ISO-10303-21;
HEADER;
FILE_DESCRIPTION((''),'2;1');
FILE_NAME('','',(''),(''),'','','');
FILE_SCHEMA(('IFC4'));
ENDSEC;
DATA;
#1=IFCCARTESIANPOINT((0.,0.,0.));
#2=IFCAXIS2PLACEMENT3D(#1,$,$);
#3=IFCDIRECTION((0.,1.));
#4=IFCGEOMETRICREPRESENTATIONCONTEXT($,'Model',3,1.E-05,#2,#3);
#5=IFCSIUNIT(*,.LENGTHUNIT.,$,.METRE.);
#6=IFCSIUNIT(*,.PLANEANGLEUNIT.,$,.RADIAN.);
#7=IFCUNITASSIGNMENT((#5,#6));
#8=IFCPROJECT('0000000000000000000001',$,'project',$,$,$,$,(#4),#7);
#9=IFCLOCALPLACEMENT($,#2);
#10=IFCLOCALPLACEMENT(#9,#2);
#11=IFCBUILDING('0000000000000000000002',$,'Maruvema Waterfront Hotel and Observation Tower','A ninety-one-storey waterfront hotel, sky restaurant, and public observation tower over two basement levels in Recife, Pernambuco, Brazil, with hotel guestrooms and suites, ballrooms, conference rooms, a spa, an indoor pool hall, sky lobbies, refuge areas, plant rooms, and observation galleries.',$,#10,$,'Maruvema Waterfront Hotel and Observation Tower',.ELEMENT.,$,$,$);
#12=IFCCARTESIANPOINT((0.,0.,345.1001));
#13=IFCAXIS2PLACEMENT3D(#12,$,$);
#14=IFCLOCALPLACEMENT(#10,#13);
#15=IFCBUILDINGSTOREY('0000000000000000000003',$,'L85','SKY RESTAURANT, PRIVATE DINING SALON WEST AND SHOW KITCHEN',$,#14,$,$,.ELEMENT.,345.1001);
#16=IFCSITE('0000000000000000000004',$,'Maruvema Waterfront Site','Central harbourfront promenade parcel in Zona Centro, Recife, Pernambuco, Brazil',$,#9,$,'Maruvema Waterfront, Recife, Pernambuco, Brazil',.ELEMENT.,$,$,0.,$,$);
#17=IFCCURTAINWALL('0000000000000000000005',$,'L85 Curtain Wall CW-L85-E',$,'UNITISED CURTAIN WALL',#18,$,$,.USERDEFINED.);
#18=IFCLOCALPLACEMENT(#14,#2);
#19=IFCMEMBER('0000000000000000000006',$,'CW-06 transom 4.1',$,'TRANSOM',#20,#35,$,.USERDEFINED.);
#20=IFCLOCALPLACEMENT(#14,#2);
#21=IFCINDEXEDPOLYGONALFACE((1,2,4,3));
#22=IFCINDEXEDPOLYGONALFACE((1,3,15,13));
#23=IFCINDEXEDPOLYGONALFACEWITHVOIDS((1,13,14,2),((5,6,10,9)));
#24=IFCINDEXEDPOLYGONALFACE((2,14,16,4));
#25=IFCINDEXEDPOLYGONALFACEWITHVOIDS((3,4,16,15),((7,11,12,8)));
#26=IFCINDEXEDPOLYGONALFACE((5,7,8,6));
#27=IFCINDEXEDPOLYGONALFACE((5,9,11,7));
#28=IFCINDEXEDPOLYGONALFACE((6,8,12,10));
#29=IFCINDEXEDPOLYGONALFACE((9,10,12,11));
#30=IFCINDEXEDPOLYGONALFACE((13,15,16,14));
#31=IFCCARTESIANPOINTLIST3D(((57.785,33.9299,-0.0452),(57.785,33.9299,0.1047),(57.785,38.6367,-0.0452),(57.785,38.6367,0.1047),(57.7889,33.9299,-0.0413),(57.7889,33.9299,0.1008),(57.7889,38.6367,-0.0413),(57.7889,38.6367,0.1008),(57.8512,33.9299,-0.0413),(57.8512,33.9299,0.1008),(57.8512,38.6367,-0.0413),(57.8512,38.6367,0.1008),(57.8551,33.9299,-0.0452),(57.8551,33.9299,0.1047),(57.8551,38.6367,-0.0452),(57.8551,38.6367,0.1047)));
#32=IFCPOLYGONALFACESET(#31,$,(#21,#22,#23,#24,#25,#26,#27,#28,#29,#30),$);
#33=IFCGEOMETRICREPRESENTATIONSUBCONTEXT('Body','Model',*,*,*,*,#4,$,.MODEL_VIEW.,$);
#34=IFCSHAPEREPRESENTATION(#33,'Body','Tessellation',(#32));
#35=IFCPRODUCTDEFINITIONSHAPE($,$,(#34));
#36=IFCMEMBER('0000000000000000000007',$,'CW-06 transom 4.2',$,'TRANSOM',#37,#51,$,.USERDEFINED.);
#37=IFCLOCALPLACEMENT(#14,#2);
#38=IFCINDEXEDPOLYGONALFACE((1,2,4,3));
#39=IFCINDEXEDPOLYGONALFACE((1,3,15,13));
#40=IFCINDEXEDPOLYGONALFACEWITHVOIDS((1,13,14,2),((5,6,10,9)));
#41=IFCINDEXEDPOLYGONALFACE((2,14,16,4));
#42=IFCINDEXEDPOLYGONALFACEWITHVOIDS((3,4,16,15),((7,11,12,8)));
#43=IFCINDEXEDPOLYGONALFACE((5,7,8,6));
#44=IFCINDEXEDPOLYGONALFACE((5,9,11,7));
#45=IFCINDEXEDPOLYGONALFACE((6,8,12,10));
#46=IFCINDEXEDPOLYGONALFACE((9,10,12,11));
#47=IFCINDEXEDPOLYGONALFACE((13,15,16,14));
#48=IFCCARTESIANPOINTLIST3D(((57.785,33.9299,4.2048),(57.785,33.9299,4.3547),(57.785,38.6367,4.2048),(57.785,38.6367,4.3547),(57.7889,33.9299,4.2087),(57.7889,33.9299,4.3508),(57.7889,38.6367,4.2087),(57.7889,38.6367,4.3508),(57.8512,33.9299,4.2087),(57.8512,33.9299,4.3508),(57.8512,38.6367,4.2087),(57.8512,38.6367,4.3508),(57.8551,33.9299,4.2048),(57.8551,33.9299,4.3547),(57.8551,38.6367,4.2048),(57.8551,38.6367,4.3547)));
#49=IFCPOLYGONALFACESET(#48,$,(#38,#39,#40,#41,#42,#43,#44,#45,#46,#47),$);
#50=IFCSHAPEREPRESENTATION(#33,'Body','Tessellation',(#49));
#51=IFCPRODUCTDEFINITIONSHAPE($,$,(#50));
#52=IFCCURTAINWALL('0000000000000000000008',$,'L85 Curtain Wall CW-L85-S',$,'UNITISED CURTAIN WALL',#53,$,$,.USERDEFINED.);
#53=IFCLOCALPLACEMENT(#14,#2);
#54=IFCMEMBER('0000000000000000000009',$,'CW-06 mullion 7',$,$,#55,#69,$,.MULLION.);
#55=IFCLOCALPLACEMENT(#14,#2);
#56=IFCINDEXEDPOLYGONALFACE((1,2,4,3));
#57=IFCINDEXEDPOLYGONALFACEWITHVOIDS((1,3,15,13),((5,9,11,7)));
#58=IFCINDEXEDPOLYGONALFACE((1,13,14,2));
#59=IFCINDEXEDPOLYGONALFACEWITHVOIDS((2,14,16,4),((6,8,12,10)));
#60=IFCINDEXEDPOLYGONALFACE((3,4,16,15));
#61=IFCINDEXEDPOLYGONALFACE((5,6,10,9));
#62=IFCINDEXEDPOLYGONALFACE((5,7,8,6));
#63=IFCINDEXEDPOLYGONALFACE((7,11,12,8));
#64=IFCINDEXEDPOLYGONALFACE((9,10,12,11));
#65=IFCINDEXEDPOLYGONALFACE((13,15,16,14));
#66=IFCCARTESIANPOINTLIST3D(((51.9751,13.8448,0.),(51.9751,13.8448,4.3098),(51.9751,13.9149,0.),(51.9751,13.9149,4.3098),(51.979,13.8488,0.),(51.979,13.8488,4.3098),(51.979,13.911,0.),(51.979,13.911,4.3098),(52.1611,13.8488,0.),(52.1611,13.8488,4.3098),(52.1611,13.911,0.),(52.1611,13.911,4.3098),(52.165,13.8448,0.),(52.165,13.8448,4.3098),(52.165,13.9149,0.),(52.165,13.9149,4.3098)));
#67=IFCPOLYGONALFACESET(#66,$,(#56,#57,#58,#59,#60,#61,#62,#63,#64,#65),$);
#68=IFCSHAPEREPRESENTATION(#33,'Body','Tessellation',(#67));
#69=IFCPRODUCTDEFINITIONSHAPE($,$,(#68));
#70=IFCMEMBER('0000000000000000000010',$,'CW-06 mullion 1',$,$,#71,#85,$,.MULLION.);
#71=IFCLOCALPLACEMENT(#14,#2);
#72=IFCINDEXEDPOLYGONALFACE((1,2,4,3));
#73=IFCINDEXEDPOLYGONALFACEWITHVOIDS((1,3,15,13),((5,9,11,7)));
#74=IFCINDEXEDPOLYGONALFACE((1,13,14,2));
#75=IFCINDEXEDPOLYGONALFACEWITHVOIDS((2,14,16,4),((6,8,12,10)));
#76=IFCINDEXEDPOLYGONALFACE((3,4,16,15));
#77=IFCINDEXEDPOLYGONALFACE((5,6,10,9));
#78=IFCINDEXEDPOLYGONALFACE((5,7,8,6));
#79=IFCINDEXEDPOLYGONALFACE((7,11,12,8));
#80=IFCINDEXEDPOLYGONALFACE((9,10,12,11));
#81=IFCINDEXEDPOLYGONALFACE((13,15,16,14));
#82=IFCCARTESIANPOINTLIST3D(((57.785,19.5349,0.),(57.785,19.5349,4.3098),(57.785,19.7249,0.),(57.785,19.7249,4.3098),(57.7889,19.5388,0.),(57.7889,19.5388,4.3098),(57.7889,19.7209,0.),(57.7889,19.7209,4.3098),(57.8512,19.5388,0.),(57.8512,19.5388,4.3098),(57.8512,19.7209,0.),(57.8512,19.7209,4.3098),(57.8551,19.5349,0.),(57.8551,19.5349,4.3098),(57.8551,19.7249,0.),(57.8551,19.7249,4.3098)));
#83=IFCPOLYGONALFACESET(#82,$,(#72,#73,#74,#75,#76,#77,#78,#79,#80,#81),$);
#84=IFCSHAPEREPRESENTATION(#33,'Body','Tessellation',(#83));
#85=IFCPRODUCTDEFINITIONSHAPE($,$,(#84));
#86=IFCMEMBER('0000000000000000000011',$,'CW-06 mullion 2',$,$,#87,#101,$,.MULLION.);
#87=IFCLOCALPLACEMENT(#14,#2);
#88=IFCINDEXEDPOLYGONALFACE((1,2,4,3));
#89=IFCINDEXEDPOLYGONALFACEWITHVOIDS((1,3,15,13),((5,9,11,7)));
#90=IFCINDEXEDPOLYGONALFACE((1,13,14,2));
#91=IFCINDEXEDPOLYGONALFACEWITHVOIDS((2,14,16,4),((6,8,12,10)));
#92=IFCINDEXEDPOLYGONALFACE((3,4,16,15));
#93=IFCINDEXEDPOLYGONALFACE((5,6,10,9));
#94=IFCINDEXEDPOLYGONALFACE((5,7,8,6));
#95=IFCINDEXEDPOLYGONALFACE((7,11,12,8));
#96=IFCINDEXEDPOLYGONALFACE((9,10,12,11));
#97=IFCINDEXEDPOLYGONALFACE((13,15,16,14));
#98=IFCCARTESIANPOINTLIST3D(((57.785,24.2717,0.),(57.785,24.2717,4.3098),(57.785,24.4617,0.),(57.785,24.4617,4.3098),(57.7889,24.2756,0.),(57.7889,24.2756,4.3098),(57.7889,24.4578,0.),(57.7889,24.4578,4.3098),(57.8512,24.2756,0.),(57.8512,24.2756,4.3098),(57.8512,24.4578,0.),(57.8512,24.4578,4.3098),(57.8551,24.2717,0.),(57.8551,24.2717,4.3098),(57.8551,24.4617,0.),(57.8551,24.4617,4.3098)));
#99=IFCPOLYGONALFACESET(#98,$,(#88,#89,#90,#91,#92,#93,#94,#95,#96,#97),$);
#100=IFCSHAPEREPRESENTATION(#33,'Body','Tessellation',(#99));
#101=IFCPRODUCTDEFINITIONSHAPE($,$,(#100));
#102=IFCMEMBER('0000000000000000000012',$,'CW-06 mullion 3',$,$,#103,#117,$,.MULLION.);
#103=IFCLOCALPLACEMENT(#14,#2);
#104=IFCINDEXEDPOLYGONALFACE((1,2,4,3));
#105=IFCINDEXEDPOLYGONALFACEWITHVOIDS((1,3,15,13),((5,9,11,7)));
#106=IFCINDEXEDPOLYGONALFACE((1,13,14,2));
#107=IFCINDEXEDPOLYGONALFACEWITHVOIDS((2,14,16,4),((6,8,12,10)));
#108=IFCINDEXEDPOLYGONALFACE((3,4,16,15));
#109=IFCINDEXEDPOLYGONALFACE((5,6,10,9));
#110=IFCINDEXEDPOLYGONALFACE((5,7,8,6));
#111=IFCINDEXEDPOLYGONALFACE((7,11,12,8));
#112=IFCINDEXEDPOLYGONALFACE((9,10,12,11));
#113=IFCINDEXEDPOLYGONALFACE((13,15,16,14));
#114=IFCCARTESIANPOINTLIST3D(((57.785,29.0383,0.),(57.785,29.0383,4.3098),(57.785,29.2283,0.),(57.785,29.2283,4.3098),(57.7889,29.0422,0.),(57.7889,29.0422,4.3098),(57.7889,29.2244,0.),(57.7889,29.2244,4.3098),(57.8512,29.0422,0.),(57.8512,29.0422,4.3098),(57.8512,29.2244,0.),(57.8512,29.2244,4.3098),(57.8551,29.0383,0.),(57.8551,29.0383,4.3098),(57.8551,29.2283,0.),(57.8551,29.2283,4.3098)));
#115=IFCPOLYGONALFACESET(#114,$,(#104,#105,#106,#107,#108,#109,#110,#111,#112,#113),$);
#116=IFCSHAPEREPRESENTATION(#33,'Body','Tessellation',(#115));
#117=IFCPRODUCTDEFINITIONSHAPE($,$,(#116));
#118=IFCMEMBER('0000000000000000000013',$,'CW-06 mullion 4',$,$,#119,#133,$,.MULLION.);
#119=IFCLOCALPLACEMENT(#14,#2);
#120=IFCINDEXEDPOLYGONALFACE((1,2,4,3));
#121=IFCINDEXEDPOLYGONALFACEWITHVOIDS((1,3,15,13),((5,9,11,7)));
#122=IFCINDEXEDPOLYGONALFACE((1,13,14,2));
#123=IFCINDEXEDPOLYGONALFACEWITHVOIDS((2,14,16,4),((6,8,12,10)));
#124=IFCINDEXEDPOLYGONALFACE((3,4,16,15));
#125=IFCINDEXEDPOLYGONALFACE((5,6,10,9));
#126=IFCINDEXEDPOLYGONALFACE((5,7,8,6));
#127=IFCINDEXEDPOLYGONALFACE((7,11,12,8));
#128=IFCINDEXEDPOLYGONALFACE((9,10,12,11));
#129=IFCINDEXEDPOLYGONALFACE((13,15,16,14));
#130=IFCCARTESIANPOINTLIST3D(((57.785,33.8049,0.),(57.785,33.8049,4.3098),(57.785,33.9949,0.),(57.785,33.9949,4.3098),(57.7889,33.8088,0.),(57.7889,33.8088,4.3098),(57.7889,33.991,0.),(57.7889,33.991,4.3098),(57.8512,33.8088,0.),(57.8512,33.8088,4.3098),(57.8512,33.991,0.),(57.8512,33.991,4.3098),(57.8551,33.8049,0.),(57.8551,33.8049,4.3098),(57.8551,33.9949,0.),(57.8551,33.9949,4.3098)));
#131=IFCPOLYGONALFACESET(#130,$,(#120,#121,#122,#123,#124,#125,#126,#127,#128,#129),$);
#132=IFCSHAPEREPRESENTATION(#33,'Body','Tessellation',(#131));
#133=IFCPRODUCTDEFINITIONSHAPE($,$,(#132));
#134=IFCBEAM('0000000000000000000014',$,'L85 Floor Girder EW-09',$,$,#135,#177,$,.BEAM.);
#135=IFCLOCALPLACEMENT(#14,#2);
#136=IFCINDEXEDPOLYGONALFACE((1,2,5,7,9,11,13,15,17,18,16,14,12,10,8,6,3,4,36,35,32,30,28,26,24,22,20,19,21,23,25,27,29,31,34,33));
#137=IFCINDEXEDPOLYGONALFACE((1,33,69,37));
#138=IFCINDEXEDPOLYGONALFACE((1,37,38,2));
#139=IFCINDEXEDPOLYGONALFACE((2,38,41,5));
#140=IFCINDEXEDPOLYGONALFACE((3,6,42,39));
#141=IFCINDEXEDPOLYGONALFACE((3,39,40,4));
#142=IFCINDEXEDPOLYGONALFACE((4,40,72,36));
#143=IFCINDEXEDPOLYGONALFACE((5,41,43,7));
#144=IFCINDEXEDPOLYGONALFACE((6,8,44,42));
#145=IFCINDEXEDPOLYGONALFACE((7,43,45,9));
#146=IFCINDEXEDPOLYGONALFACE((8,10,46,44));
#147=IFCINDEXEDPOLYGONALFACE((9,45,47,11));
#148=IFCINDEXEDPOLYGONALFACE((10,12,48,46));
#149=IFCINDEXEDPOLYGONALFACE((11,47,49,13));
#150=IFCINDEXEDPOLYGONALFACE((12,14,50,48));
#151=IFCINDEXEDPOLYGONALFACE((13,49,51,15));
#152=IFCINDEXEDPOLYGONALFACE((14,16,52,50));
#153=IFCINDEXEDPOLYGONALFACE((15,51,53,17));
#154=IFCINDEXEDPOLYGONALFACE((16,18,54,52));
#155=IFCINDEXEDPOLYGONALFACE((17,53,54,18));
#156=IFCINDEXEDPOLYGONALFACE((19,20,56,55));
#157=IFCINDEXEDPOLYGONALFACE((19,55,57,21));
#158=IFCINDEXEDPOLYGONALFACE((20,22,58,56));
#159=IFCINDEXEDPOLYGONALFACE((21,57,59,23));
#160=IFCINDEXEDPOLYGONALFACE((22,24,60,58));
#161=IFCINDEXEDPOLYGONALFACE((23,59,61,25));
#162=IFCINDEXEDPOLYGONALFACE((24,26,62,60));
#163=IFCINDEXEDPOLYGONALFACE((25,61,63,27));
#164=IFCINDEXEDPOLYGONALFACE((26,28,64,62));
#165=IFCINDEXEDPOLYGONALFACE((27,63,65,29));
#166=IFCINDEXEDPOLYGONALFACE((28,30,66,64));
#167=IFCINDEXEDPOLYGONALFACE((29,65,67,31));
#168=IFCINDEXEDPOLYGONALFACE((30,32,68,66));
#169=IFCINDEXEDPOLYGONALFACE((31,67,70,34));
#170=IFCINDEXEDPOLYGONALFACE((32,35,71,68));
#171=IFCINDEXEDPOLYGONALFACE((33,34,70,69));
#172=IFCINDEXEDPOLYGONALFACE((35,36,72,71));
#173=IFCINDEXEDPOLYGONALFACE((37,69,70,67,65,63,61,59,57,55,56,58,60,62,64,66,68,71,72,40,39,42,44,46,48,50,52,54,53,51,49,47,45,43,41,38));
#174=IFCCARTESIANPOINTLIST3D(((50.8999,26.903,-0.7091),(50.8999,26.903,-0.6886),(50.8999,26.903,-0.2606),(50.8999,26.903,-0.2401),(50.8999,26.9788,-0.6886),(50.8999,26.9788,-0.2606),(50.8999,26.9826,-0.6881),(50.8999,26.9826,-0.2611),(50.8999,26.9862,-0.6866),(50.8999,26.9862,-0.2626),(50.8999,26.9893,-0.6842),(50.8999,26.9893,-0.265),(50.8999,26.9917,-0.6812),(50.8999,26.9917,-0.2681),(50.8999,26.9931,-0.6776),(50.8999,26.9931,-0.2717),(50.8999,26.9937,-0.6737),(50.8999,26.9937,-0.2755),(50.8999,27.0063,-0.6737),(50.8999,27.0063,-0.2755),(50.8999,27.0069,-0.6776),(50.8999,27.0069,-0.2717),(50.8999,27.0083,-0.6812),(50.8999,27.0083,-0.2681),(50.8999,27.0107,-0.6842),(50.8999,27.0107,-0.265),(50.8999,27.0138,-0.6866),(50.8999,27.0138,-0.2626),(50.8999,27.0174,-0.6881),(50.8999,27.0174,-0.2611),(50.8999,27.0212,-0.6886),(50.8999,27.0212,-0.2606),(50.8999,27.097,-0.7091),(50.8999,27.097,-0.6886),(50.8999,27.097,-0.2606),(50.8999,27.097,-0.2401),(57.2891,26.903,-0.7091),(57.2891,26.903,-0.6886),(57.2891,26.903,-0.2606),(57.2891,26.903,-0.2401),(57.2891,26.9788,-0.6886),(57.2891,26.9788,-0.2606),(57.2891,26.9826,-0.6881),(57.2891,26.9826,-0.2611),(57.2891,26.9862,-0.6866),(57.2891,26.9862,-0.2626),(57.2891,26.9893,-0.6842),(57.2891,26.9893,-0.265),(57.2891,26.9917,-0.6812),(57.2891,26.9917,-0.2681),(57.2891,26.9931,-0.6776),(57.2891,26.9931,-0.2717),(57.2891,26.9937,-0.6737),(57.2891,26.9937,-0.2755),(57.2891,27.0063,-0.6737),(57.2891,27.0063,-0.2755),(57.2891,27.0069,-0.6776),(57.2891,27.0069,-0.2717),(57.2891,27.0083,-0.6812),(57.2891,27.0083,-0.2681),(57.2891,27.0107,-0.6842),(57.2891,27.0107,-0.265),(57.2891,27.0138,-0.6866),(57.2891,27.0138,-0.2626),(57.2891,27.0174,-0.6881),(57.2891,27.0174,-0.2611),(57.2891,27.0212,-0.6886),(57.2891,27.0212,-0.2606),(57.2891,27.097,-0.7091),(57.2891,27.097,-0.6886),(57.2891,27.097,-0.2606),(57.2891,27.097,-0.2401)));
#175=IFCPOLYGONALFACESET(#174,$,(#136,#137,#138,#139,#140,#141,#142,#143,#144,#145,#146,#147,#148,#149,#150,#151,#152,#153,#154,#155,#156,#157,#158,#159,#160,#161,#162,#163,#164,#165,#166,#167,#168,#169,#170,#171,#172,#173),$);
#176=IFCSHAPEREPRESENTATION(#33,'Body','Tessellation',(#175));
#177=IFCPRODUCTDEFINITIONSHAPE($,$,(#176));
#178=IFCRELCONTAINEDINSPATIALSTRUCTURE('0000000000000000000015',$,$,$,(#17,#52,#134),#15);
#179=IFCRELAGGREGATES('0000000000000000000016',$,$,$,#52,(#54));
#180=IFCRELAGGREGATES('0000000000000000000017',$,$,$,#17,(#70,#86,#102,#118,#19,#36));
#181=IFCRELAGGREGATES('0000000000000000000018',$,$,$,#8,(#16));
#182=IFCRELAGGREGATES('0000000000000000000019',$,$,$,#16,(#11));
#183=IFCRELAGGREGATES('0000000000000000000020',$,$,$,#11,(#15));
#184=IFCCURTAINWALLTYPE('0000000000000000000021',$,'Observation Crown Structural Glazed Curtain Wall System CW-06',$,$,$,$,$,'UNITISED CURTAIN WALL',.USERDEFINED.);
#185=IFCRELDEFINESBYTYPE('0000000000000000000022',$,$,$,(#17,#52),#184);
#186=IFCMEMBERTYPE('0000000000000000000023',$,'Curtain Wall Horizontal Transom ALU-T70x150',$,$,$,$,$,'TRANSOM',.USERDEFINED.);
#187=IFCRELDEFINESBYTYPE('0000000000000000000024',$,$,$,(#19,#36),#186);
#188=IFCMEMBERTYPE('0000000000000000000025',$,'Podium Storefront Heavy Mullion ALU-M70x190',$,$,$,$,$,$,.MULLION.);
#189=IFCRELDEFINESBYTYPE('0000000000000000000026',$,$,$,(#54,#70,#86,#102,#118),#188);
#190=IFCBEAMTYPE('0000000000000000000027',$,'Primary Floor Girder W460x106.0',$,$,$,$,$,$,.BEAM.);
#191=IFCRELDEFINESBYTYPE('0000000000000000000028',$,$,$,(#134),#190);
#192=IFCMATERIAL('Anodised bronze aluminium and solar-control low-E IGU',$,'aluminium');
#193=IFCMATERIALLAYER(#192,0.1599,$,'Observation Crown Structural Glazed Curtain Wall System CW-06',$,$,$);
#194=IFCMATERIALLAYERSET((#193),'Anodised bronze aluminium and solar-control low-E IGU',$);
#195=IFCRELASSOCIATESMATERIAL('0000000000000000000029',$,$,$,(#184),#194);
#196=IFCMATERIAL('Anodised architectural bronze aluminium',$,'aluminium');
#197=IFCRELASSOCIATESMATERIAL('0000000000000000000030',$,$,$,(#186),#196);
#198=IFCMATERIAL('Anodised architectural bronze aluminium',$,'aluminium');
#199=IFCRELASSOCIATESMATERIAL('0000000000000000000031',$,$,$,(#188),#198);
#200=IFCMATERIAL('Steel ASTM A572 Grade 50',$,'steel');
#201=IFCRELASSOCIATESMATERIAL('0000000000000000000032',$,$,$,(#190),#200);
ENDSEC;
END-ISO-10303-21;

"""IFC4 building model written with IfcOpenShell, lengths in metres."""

from ifc_helpers import new_model, si_unit, direction, frame, origin, origin_2d, place, context, subcontext, project, spatial, hollow_rectangle, i_section, extrude, material, layer, layer_set, material_profile, profile_set, type_object, element, aggregate, save


model = new_model("IFC4")

# Units and contexts
model_context = context("Model", 3, precision=1e-05, world=origin(), true_north=direction((0.0, 1.0)))
body_context = subcontext(model_context, "Body", "Model", "MODEL_VIEW")
ifc_project = project(units=[si_unit("LENGTHUNIT", "METRE"), si_unit("PLANEANGLEUNIT", "RADIAN")], contexts=[model_context])

# Site, building, storey
site_placement = place(None, origin())
site = spatial("IfcSite", under=ifc_project, at=site_placement, Name="Maruvema Waterfront Site", Description="Central harbourfront promenade parcel in Zona Centro, Recife, Pernambuco, Brazil", LongName="Maruvema Waterfront, Recife, Pernambuco, Brazil", CompositionType="ELEMENT", RefElevation=0.0)
building_placement = place(site_placement, origin())
building = spatial("IfcBuilding", under=site, at=building_placement, Name="Maruvema Waterfront Hotel and Observation Tower", Description="A ninety-one-storey waterfront hotel, sky restaurant, and public observation tower over two basement levels in Recife, Pernambuco, Brazil, with hotel guestrooms and suites, ballrooms, conference rooms, a spa, an indoor pool hall, sky lobbies, refuge areas, plant rooms, and observation galleries.", LongName="Maruvema Waterfront Hotel and Observation Tower", CompositionType="ELEMENT")
storey_placement = place(building_placement, frame((0.0, 0.0, 345.1001)))
storey = spatial("IfcBuildingStorey", under=building, at=storey_placement, Name="L85", Description="SKY RESTAURANT, PRIVATE DINING SALON WEST AND SHOW KITCHEN", CompositionType="ELEMENT", Elevation=345.1001)

# Curtain wall, members
ifc_material_1 = material(Name="Anodised bronze aluminium and solar-control low-E IGU", Category="aluminium")
ifc_layer_1 = layer(ifc_material_1, 0.1599, Name="Observation Crown Structural Glazed Curtain Wall System CW-06")
ifc_layer_set_1 = layer_set([ifc_layer_1], Name="Anodised bronze aluminium and solar-control low-E IGU")
curtain_wall_type = type_object("IfcCurtainWallType", Name="Observation Crown Structural Glazed Curtain Wall System CW-06", ElementType="UNITISED CURTAIN WALL", PredefinedType="USERDEFINED", material=ifc_layer_set_1)
curtain_wall_1_placement = place(storey_placement, origin())
curtain_wall_1 = element("IfcCurtainWall", 1, at=curtain_wall_1_placement, inside=storey, type_object=curtain_wall_type, Name="L85 Curtain Wall CW-L85-E", ObjectType="UNITISED CURTAIN WALL", PredefinedType="USERDEFINED")
ifc_material_2 = material(Name="Anodised architectural bronze aluminium", Category="aluminium")
ifc_material_profile_1 = material_profile(ifc_material_2, hollow_rectangle(XDim=0.0701, YDim=0.1499, WallThickness=0.0039, at=origin_2d()), Name="ALU-T70x150")
ifc_profile_set_1 = profile_set([ifc_material_profile_1], Name="Anodised architectural bronze aluminium")
member_type_1 = type_object("IfcMemberType", Name="Curtain Wall Horizontal Transom ALU-T70x150", ElementType="TRANSOM", PredefinedType="USERDEFINED", material=ifc_profile_set_1)
member_1_placement = place(storey_placement, frame((57.8201, 33.9299, 0.0298), z_axis=(0.0, 1.0, 0.0), x_axis=(-1.0, 0.0, 0.0)))
member_1 = element("IfcMember", 2, at=member_1_placement, type_object=member_type_1, Name="CW-06 transom 4.1", ObjectType="TRANSOM", PredefinedType="USERDEFINED", context=body_context, shape_type="SweptSolid", body=[
    extrude(hollow_rectangle(XDim=0.0701, YDim=0.1499, WallThickness=0.0039, at=origin_2d()), origin(), (0.0, 0.0, 1.0), 4.7068),
])
member_2_placement = place(storey_placement, frame((57.8201, 33.9299, 4.2798), z_axis=(0.0, 1.0, 0.0), x_axis=(-1.0, 0.0, 0.0)))
member_2 = element("IfcMember", 3, at=member_2_placement, type_object=member_type_1, Name="CW-06 transom 4.2", ObjectType="TRANSOM", PredefinedType="USERDEFINED", context=body_context, shape_type="SweptSolid", body=[
    extrude(hollow_rectangle(XDim=0.0701, YDim=0.1499, WallThickness=0.0039, at=origin_2d()), origin(), (0.0, 0.0, 1.0), 4.7068),
])

# Curtain wall, member
curtain_wall_2_placement = place(storey_placement, origin())
curtain_wall_2 = element("IfcCurtainWall", 4, at=curtain_wall_2_placement, inside=storey, type_object=curtain_wall_type, Name="L85 Curtain Wall CW-L85-S", ObjectType="UNITISED CURTAIN WALL", PredefinedType="USERDEFINED")
ifc_material_3 = material(Name="Anodised architectural bronze aluminium", Category="aluminium")
ifc_material_profile_2 = material_profile(ifc_material_3, hollow_rectangle(XDim=0.0701, YDim=0.1899, WallThickness=0.0039, at=origin_2d()), Name="ALU-M70x190")
ifc_profile_set_2 = profile_set([ifc_material_profile_2], Name="Anodised architectural bronze aluminium")
member_type_2 = type_object("IfcMemberType", Name="Podium Storefront Heavy Mullion ALU-M70x190", PredefinedType="MULLION", material=ifc_profile_set_2)
member_3_placement = place(storey_placement, frame((52.0701, 13.8799, 0.0), z_axis=(0.0, 0.0, 1.0), x_axis=(0.0, 1.0, 0.0)))
member_3 = element("IfcMember", 5, at=member_3_placement, type_object=member_type_2, Name="CW-06 mullion 7", PredefinedType="MULLION", context=body_context, shape_type="SweptSolid", body=[
    extrude(hollow_rectangle(XDim=0.0701, YDim=0.1899, WallThickness=0.0039, at=origin_2d()), origin(), (0.0, 0.0, 1.0), 4.3098),
])
aggregate(curtain_wall_2, [member_3])

# Members
member_4_placement = place(storey_placement, frame((57.8201, 19.6299, 0.0), z_axis=(0.0, 0.0, 1.0), x_axis=(-1.0, 0.0, 0.0)))
member_4 = element("IfcMember", 6, at=member_4_placement, type_object=member_type_2, Name="CW-06 mullion 1", PredefinedType="MULLION", context=body_context, shape_type="SweptSolid", body=[
    extrude(hollow_rectangle(XDim=0.0701, YDim=0.1899, WallThickness=0.0039, at=origin_2d()), origin(), (0.0, 0.0, 1.0), 4.3098),
])
member_5_placement = place(storey_placement, frame((57.8201, 24.3667, 0.0), z_axis=(0.0, 0.0, 1.0), x_axis=(-1.0, 0.0, 0.0)))
member_5 = element("IfcMember", 7, at=member_5_placement, type_object=member_type_2, Name="CW-06 mullion 2", PredefinedType="MULLION", context=body_context, shape_type="SweptSolid", body=[
    extrude(hollow_rectangle(XDim=0.0701, YDim=0.1899, WallThickness=0.0039, at=origin_2d()), origin(), (0.0, 0.0, 1.0), 4.3098),
])
member_6_placement = place(storey_placement, frame((57.8201, 29.1333, 0.0), z_axis=(0.0, 0.0, 1.0), x_axis=(-1.0, 0.0, 0.0)))
member_6 = element("IfcMember", 8, at=member_6_placement, type_object=member_type_2, Name="CW-06 mullion 3", PredefinedType="MULLION", context=body_context, shape_type="SweptSolid", body=[
    extrude(hollow_rectangle(XDim=0.0701, YDim=0.1899, WallThickness=0.0039, at=origin_2d()), origin(), (0.0, 0.0, 1.0), 4.3098),
])
member_7_placement = place(storey_placement, frame((57.8201, 33.8999, 0.0), z_axis=(0.0, 0.0, 1.0), x_axis=(-1.0, 0.0, 0.0)))
member_7 = element("IfcMember", 9, at=member_7_placement, type_object=member_type_2, Name="CW-06 mullion 4", PredefinedType="MULLION", context=body_context, shape_type="SweptSolid", body=[
    extrude(hollow_rectangle(XDim=0.0701, YDim=0.1899, WallThickness=0.0039, at=origin_2d()), origin(), (0.0, 0.0, 1.0), 4.3098),
])

# Beam
ifc_material_4 = material(Name="Steel ASTM A572 Grade 50", Category="steel")
ifc_material_profile_3 = material_profile(ifc_material_4, i_section(OverallWidth=0.1941, OverallDepth=0.469, WebThickness=0.0127, FlangeThickness=0.0205, FilletRadius=0.0149, at=origin_2d()), Name="W460x106.0")
ifc_profile_set_3 = profile_set([ifc_material_profile_3], Name="Steel ASTM A572 Grade 50")
beam_type_1 = type_object("IfcBeamType", Name="Primary Floor Girder W460x106.0", PredefinedType="BEAM", material=ifc_profile_set_3)
beam_1_placement = place(storey_placement, frame((50.8999, 27.0, -0.4746), z_axis=(1.0, 0.0, 0.0), x_axis=(0.0, 1.0, 0.0)))
element("IfcBeam", 10, at=beam_1_placement, inside=storey, type_object=beam_type_1, Name="L85 Floor Girder EW-09", PredefinedType="BEAM", context=body_context, shape_type="SweptSolid", body=[
    extrude(i_section(OverallWidth=0.1941, OverallDepth=0.469, WebThickness=0.0127, FlangeThickness=0.0205, FilletRadius=0.0149, at=origin_2d()), origin(), (0.0, 0.0, 1.0), 6.3892),
])

aggregate(curtain_wall_1, [member_4, member_5, member_6, member_7, member_1, member_2])

save(model, "model.ifc")
